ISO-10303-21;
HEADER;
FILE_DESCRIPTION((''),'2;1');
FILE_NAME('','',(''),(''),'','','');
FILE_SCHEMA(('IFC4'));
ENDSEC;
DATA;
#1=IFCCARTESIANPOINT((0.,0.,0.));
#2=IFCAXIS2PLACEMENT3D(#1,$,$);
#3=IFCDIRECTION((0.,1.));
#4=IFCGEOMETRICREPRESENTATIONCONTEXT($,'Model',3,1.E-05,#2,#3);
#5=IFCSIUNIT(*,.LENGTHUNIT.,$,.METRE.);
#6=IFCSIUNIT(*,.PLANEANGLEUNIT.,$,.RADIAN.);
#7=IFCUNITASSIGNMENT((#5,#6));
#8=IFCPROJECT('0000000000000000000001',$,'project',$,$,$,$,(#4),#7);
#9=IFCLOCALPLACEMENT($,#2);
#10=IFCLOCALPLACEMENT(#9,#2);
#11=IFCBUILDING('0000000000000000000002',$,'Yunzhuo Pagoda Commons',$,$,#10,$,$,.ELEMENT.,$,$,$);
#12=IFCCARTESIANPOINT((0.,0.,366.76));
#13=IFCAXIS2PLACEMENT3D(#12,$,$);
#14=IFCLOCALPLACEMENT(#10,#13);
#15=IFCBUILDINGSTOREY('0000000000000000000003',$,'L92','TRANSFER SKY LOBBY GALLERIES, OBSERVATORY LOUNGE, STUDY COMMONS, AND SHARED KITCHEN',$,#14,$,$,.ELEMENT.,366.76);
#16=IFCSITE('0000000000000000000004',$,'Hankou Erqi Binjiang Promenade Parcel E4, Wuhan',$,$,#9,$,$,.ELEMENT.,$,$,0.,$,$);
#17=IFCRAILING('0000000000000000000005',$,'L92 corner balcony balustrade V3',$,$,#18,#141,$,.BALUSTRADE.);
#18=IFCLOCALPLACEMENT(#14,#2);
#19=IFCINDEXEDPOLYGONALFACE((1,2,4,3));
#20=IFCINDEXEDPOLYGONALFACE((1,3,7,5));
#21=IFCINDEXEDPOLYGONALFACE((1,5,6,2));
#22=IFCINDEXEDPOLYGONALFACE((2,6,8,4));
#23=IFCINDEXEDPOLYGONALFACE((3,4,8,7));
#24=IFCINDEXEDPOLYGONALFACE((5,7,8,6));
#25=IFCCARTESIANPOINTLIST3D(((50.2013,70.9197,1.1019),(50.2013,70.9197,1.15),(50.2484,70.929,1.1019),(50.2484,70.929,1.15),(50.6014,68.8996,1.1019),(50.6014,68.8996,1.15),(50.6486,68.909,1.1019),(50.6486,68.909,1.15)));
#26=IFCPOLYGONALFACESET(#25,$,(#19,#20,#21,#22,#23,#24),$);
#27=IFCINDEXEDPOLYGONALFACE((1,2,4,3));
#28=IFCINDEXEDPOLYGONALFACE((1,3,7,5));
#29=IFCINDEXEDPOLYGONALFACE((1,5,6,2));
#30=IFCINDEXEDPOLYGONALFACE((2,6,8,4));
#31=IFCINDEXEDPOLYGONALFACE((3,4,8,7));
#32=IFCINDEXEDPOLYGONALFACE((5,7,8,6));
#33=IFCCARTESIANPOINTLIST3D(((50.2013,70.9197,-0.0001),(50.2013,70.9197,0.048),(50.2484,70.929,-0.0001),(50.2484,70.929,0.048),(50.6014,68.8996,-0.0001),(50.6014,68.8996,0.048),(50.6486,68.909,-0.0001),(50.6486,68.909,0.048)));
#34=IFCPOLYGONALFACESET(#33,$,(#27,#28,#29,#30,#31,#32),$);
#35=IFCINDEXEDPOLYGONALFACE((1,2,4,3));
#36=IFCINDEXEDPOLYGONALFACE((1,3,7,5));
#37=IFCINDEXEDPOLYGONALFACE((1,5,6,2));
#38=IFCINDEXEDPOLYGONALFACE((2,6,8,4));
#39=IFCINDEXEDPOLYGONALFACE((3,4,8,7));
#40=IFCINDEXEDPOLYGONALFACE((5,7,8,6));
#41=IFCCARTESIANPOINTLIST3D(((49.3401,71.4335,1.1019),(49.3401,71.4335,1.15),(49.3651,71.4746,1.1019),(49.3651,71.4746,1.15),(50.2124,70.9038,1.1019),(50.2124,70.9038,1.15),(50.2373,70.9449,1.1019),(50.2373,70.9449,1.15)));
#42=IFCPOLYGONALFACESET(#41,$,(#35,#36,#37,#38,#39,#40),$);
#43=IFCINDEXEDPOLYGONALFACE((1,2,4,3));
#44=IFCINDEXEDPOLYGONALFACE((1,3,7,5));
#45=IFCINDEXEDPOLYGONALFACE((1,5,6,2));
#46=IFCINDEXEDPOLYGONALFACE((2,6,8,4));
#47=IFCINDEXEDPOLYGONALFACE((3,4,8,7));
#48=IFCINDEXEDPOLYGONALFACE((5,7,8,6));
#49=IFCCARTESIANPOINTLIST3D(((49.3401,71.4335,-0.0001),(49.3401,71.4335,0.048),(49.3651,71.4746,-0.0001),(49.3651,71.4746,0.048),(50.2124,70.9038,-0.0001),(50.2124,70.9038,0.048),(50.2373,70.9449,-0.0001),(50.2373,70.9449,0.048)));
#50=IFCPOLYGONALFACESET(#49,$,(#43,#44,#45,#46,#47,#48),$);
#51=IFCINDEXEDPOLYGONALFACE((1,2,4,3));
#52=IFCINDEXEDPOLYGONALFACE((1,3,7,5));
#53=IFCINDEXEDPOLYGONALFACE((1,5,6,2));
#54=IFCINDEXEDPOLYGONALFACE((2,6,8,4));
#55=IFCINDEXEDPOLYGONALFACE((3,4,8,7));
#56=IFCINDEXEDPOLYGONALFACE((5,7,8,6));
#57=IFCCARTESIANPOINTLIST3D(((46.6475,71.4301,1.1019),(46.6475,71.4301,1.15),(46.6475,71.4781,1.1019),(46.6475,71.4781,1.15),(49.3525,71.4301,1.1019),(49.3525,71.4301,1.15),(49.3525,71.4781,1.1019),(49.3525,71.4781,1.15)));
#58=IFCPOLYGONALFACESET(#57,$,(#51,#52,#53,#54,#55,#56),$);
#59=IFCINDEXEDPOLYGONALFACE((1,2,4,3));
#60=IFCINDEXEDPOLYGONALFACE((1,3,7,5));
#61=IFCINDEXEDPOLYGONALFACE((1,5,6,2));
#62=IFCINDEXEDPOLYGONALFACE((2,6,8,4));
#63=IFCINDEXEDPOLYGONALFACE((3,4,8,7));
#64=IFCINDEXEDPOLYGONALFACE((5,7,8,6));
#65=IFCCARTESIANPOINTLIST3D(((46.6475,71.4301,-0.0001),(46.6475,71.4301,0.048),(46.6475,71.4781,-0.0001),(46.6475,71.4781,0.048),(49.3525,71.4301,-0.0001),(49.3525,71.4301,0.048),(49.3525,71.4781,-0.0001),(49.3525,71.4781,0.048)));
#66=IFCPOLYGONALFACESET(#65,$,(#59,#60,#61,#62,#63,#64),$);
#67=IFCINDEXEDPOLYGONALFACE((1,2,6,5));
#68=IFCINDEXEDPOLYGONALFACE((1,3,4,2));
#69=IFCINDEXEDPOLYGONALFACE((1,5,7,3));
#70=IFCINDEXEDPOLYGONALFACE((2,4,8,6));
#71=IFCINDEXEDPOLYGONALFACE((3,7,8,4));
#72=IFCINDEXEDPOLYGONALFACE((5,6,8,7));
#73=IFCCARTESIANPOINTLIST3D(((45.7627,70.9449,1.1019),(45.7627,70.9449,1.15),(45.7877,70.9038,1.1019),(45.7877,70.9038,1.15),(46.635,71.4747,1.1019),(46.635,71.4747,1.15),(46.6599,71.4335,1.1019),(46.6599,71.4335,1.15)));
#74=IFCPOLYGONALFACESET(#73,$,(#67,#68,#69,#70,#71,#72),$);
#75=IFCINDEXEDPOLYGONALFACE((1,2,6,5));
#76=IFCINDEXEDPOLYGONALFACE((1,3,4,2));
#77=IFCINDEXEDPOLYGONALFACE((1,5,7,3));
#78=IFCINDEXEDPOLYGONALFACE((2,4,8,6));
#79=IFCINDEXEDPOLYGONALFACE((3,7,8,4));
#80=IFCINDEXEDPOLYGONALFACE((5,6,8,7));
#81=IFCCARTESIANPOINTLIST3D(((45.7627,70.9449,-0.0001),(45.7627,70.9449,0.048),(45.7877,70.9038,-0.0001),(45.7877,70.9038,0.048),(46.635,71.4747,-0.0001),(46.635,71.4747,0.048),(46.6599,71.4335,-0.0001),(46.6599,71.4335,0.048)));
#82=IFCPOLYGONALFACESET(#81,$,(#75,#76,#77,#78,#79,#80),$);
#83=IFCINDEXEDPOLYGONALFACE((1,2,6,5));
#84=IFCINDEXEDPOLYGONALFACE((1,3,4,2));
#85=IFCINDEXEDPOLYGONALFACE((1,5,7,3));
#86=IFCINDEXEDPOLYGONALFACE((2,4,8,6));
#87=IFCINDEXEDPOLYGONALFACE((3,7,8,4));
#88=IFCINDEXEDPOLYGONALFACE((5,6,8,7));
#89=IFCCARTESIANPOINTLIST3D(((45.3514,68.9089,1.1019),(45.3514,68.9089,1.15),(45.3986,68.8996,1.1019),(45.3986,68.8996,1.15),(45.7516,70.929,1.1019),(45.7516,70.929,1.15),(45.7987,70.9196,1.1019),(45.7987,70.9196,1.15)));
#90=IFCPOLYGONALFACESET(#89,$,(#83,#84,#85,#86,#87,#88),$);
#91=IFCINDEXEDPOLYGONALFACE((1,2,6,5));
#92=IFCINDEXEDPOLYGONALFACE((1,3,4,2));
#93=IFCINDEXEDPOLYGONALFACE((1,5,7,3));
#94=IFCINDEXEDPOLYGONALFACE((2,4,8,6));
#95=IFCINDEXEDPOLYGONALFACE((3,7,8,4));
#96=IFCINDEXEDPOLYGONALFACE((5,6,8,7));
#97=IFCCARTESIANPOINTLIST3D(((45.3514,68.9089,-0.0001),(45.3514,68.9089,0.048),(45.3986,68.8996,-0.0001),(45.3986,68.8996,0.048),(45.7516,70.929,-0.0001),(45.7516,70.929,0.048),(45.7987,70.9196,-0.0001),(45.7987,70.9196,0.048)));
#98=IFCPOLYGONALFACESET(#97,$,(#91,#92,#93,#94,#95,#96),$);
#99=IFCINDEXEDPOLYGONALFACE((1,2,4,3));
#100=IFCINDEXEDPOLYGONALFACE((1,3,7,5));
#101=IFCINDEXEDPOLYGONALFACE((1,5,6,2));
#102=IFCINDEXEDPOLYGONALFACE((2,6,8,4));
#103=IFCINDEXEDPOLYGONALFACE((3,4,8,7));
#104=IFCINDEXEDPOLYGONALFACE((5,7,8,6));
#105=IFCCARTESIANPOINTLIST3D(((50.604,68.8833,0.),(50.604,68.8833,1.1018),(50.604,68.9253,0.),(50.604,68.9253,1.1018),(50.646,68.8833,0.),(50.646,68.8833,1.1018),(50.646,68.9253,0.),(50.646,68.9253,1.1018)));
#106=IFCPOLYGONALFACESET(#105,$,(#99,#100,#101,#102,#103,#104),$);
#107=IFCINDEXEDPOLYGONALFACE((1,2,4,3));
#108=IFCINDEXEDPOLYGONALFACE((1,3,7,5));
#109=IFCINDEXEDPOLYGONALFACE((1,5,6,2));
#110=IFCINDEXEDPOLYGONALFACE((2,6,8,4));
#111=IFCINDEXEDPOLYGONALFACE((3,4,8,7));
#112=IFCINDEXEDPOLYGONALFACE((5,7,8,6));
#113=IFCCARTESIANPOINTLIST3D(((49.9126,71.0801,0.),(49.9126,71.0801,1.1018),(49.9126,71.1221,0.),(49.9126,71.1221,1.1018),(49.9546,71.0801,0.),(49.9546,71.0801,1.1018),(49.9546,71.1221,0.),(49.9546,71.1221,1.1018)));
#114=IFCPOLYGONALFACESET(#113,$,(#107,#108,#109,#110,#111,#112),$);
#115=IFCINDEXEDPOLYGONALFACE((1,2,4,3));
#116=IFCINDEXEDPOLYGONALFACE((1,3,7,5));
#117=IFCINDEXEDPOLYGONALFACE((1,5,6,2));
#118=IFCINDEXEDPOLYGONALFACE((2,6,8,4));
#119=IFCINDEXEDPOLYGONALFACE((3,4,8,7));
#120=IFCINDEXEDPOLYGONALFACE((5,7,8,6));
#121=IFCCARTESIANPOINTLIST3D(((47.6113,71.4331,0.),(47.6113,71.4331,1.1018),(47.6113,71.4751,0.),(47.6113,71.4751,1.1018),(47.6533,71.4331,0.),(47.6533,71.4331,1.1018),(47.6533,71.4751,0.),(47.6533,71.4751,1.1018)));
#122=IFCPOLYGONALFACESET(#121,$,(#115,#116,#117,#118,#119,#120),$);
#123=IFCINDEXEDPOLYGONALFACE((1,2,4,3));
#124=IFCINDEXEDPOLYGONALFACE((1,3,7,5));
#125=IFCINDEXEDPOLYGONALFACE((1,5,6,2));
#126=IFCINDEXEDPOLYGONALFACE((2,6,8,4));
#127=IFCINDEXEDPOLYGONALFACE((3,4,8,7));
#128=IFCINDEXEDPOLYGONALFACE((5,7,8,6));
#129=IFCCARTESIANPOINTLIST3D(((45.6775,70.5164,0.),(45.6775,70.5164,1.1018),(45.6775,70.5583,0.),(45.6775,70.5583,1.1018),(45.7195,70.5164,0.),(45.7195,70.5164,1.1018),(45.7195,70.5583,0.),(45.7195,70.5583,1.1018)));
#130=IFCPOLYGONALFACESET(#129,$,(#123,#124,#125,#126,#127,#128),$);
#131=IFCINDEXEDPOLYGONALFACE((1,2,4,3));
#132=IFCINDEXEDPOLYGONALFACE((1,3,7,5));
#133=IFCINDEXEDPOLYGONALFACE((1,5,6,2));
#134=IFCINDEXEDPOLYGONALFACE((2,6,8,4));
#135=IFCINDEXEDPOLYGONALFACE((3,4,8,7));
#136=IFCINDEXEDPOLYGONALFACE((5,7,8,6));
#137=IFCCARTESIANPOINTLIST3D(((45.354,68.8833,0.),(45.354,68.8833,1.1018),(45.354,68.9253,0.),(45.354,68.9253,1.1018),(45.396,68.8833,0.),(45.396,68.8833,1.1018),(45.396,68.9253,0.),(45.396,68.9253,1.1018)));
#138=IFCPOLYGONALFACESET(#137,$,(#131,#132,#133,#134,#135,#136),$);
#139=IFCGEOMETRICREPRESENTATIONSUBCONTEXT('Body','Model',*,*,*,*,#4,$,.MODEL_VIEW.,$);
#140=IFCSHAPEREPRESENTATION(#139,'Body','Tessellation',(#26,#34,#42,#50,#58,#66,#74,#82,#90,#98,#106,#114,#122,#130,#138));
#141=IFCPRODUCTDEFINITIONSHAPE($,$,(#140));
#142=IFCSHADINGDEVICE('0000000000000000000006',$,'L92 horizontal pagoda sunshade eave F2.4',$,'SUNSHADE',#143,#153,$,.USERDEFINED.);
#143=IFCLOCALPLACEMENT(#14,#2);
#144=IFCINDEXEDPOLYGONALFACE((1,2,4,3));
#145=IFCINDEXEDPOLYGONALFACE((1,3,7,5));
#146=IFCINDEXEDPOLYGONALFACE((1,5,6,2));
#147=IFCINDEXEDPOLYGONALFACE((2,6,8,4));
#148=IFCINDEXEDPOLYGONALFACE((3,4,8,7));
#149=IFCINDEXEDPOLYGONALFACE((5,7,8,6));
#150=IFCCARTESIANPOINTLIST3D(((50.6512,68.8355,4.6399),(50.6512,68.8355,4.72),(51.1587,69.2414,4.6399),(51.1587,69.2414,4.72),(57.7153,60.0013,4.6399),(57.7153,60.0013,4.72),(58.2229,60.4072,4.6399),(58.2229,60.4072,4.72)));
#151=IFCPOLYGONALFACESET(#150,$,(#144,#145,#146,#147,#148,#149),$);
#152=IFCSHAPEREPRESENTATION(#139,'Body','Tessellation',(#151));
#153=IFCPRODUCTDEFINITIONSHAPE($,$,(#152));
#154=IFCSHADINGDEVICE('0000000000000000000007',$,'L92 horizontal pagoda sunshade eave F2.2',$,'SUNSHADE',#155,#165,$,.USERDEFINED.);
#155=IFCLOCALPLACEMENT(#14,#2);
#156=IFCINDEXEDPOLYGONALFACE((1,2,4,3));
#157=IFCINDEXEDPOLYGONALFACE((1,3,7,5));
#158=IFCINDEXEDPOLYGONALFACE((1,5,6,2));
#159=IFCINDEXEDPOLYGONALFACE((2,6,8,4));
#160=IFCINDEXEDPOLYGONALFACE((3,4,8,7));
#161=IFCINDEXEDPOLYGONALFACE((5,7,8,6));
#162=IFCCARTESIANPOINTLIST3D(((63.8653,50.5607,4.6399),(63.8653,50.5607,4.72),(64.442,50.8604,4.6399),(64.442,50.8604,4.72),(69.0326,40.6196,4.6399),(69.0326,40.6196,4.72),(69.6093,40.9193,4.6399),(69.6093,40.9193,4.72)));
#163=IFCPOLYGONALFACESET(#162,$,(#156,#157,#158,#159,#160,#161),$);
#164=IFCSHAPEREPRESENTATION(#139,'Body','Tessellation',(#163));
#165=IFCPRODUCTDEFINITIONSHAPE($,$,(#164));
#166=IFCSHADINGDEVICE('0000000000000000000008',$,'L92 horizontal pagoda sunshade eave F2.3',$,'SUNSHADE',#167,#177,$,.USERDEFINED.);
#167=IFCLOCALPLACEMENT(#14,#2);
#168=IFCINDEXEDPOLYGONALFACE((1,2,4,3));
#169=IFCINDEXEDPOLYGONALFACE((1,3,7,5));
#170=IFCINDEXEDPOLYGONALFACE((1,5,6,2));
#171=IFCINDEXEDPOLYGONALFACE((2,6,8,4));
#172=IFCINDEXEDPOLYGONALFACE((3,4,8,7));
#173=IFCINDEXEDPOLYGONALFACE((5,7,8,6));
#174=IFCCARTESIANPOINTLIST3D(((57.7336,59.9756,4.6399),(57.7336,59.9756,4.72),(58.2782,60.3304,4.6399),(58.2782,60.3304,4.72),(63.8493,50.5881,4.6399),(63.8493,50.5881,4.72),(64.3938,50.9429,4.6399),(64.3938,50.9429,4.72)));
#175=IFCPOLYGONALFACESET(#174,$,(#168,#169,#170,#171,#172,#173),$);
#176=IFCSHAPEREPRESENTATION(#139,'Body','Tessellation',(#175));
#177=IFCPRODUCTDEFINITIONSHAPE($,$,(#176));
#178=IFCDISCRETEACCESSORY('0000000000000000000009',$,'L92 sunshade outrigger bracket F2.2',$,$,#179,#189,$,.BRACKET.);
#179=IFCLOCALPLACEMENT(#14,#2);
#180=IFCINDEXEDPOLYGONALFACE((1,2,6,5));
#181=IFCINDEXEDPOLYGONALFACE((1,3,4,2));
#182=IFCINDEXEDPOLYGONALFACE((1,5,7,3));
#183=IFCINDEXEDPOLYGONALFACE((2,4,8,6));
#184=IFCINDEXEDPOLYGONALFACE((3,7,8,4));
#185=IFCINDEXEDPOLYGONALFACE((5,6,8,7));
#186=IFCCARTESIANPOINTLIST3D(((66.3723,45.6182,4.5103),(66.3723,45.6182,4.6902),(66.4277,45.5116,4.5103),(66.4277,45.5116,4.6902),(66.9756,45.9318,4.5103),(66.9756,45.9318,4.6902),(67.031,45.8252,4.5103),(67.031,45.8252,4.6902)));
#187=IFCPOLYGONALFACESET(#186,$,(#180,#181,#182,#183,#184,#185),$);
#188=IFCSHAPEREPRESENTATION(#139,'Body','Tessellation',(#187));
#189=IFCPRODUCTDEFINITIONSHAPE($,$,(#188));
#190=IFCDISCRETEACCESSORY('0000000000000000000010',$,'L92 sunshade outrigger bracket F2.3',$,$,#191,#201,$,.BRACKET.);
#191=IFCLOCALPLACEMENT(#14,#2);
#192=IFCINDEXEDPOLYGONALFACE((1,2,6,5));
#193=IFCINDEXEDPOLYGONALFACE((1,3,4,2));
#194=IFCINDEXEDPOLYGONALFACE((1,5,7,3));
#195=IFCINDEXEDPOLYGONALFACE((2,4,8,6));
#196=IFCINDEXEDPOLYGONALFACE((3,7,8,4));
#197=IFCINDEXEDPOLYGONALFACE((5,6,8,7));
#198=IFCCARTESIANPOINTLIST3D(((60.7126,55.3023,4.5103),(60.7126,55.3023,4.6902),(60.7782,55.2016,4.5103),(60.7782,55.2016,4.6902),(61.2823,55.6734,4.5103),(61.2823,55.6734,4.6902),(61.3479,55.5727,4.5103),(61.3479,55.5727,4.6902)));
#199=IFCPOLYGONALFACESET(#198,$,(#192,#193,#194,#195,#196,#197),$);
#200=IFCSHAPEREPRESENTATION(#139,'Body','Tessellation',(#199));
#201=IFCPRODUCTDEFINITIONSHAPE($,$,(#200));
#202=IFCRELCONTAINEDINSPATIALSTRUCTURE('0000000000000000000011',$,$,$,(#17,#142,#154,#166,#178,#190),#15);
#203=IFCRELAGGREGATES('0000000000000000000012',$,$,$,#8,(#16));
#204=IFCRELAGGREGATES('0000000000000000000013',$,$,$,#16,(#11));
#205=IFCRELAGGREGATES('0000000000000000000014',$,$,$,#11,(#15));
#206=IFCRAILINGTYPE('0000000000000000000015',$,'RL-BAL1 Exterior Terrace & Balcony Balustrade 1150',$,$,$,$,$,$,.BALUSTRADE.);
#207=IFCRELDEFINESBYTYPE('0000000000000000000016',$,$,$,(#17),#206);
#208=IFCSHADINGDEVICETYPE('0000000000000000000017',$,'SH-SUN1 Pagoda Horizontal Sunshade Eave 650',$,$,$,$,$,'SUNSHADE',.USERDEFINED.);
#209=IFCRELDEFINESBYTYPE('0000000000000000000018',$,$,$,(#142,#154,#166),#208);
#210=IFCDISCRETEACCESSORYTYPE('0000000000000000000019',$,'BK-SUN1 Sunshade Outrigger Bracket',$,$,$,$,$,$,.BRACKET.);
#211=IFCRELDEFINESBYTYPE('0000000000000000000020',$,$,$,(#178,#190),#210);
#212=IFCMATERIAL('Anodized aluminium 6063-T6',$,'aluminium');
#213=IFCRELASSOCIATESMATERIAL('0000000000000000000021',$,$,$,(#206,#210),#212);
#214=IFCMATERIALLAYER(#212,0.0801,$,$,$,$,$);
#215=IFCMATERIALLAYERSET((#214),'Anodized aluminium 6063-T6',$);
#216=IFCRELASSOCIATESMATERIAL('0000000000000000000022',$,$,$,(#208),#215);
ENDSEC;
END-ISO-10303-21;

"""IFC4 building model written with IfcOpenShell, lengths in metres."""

from ifc_helpers import new_model, si_unit, direction, frame, origin, origin_2d, place, context, subcontext, project, spatial, rectangle, extrude, source, transform, mapped, material, layer, layer_set, type_object, element, save


model = new_model("IFC4")

# Units and contexts
model_context = context("Model", 3, precision=1e-05, world=origin(), true_north=direction((0.0, 1.0)))
body_context = subcontext(model_context, "Body", "Model", "MODEL_VIEW")
ifc_project = project(units=[si_unit("LENGTHUNIT", "METRE"), si_unit("PLANEANGLEUNIT", "RADIAN")], contexts=[model_context])

# Site, building, storey
site_placement = place(None, origin())
site = spatial("IfcSite", under=ifc_project, at=site_placement, Name="Hankou Erqi Binjiang Promenade Parcel E4, Wuhan", CompositionType="ELEMENT", RefElevation=0.0)
building_placement = place(site_placement, origin())
building = spatial("IfcBuilding", under=site, at=building_placement, Name="Yunzhuo Pagoda Commons", CompositionType="ELEMENT")
storey_placement = place(building_placement, frame((0.0, 0.0, 366.76)))
storey = spatial("IfcBuildingStorey", under=building, at=storey_placement, Name="L92", Description="TRANSFER SKY LOBBY GALLERIES, OBSERVATORY LOUNGE, STUDY COMMONS, AND SHARED KITCHEN", CompositionType="ELEMENT", Elevation=366.76)

# Shared definitions
ifc_material_1 = material(Name="Anodized aluminium 6063-T6", Category="aluminium")

# Railing
railing_type_1 = type_object("IfcRailingType", Name="RL-BAL1 Exterior Terrace & Balcony Balustrade 1150", PredefinedType="BALUSTRADE", material=ifc_material_1)
railing_1_placement = place(storey_placement, frame((50.625, 68.9043, 0.0)))
element("IfcRailing", 1, at=railing_1_placement, inside=storey, type_object=railing_type_1, Name="L92 corner balcony balustrade V3", PredefinedType="BALUSTRADE", context=body_context, shape_type="SweptSolid", body=[
    extrude(rectangle(XDim=0.0481, YDim=0.0481, at=origin_2d()), frame((0.0, 0.0, 1.126), z_axis=(-0.194315, 0.980939, 0.0), x_axis=(-0.980939, -0.194315, 0.0)), (0.0, 0.0, 1.0), 2.0593),
    extrude(rectangle(XDim=0.0481, YDim=0.0481, at=origin_2d()), frame((0.0, 0.0, 0.0239), z_axis=(-0.194315, 0.980939, 0.0), x_axis=(-0.980939, -0.194315, 0.0)), (0.0, 0.0, 1.0), 2.0593),
    extrude(rectangle(XDim=0.0481, YDim=0.0481, at=origin_2d()), frame((-0.4001, 2.02, 1.126), z_axis=(-0.854715, 0.519097, 0.0), x_axis=(-0.519097, -0.854715, 0.0)), (0.0, 0.0, 1.0), 1.0205),
    extrude(rectangle(XDim=0.0481, YDim=0.0481, at=origin_2d()), frame((-0.4001, 2.02, 0.0239), z_axis=(-0.854715, 0.519097, 0.0), x_axis=(-0.519097, -0.854715, 0.0)), (0.0, 0.0, 1.0), 1.0205),
    extrude(rectangle(XDim=0.0481, YDim=0.0481, at=origin_2d()), frame((-1.2725, 2.5498, 1.126), z_axis=(-1.0, 0.0, 0.0), x_axis=(0.0, -1.0, 0.0)), (0.0, 0.0, 1.0), 2.7051),
    extrude(rectangle(XDim=0.0481, YDim=0.0481, at=origin_2d()), frame((-1.2725, 2.5498, 0.0239), z_axis=(-1.0, 0.0, 0.0), x_axis=(0.0, -1.0, 0.0)), (0.0, 0.0, 1.0), 2.7051),
    extrude(rectangle(XDim=0.0481, YDim=0.0481, at=origin_2d()), frame((-3.9775, 2.5498, 1.126), z_axis=(-0.854715, -0.519097, 0.0), x_axis=(0.519097, -0.854715, 0.0)), (0.0, 0.0, 1.0), 1.0205),
    extrude(rectangle(XDim=0.0481, YDim=0.0481, at=origin_2d()), frame((-3.9775, 2.5498, 0.0239), z_axis=(-0.854715, -0.519097, 0.0), x_axis=(0.519097, -0.854715, 0.0)), (0.0, 0.0, 1.0), 1.0205),
    extrude(rectangle(XDim=0.0481, YDim=0.0481, at=origin_2d()), frame((-4.8499, 2.02, 1.126), z_axis=(-0.194315, -0.980939, 0.0), x_axis=(0.980939, -0.194315, 0.0)), (0.0, 0.0, 1.0), 2.0593),
    extrude(rectangle(XDim=0.0481, YDim=0.0481, at=origin_2d()), frame((-4.8499, 2.02, 0.0239), z_axis=(-0.194315, -0.980939, 0.0), x_axis=(0.980939, -0.194315, 0.0)), (0.0, 0.0, 1.0), 2.0593),
    extrude(rectangle(XDim=0.042, YDim=0.042, at=origin_2d()), origin(), (0.0, 0.0, 1.0), 1.1018),
    extrude(rectangle(XDim=0.042, YDim=0.042, at=origin_2d()), frame((-0.6914, 2.1968, 0.0)), (0.0, 0.0, 1.0), 1.1018),
    extrude(rectangle(XDim=0.042, YDim=0.042, at=origin_2d()), frame((-2.9927, 2.5498, 0.0)), (0.0, 0.0, 1.0), 1.1018),
    extrude(rectangle(XDim=0.042, YDim=0.042, at=origin_2d()), frame((-4.9265, 1.6331, 0.0)), (0.0, 0.0, 1.0), 1.1018),
    extrude(rectangle(XDim=0.042, YDim=0.042, at=origin_2d()), frame((-5.25, 0.0, 0.0)), (0.0, 0.0, 1.0), 1.1018),
])

# Shading devices
ifc_layer_1 = layer(ifc_material_1, 0.0801)
ifc_layer_set_1 = layer_set([ifc_layer_1], Name="Anodized aluminium 6063-T6")
shading_device_type = type_object("IfcShadingDeviceType", Name="SH-SUN1 Pagoda Horizontal Sunshade Eave 650", ElementType="SUNSHADE", PredefinedType="USERDEFINED", material=ifc_layer_set_1)
shared_shape_1 = source(origin(), body_context, "Body", "SweptSolid", [
    extrude(rectangle(XDim=11.3113, YDim=0.6499, at=origin_2d()), origin(), (0.0, 0.0, 1.0), 0.0801),
])
shading_device_placement = place(storey_placement, frame((54.437, 64.6213, 4.6399), z_axis=(0.0, 0.0, 1.0), x_axis=(-0.62452, 0.781008, 0.0)))
element("IfcShadingDevice", 2, at=shading_device_placement, inside=storey, type_object=shading_device_type, Name="L92 horizontal pagoda sunshade eave F2.4", ObjectType="SUNSHADE", PredefinedType="USERDEFINED", context=body_context, shape_type="MappedRepresentation", body=[
    mapped(shared_shape_1, transform((0.0, 0.0, 0.0), scale=1.0)),
])
shared_shape_2 = source(origin(), body_context, "Body", "SweptSolid", [
    extrude(rectangle(XDim=11.2039, YDim=0.6499, at=origin_2d()), origin(), (0.0, 0.0, 1.0), 0.0801),
])
for number, where, z_axis, x_axis, name in (
    (3, (66.7373, 45.74, 4.6399), (0.0, 0.0, 1.0), (-0.461207, 0.887293, 0.0), "L92 horizontal pagoda sunshade eave F2.2"),
    (4, (61.0637, 55.4592, 4.6399), (0.0, 0.0, 1.0), (-0.545853, 0.837881, 0.0), "L92 horizontal pagoda sunshade eave F2.3"),
):
    element("IfcShadingDevice", number, at=place(storey_placement, frame(where, z_axis=z_axis, x_axis=x_axis)), inside=storey, type_object=shading_device_type, Name=name, ObjectType="SUNSHADE", PredefinedType="USERDEFINED", context=body_context, shape_type="MappedRepresentation", body=[
        mapped(shared_shape_2, transform((0.0, 0.0, 0.0), scale=1.0)),
    ])

# Discrete accessories
discrete_accessory_type = type_object("IfcDiscreteAccessoryType", Name="BK-SUN1 Sunshade Outrigger Bracket", PredefinedType="BRACKET", material=ifc_material_1)
shared_shape_3 = source(origin(), body_context, "Body", "SweptSolid", [
    extrude(rectangle(XDim=0.1201, YDim=0.6799, at=origin_2d()), origin(), (0.0, 0.0, 1.0), 0.1799),
])
for number, where, z_axis, x_axis, name in (
    (5, (66.7017, 45.7217, 4.5103), (0.0, 0.0, 1.0), (-0.461207, 0.887293, 0.0), "L92 sunshade outrigger bracket F2.2"),
    (6, (61.0303, 55.4375, 4.5103), (0.0, 0.0, 1.0), (-0.545853, 0.837881, 0.0), "L92 sunshade outrigger bracket F2.3"),
):
    element("IfcDiscreteAccessory", number, at=place(storey_placement, frame(where, z_axis=z_axis, x_axis=x_axis)), inside=storey, type_object=discrete_accessory_type, Name=name, PredefinedType="BRACKET", context=body_context, shape_type="MappedRepresentation", body=[
        mapped(shared_shape_3, transform((0.0, 0.0, 0.0), scale=1.0)),
    ])

save(model, "model.ifc")
